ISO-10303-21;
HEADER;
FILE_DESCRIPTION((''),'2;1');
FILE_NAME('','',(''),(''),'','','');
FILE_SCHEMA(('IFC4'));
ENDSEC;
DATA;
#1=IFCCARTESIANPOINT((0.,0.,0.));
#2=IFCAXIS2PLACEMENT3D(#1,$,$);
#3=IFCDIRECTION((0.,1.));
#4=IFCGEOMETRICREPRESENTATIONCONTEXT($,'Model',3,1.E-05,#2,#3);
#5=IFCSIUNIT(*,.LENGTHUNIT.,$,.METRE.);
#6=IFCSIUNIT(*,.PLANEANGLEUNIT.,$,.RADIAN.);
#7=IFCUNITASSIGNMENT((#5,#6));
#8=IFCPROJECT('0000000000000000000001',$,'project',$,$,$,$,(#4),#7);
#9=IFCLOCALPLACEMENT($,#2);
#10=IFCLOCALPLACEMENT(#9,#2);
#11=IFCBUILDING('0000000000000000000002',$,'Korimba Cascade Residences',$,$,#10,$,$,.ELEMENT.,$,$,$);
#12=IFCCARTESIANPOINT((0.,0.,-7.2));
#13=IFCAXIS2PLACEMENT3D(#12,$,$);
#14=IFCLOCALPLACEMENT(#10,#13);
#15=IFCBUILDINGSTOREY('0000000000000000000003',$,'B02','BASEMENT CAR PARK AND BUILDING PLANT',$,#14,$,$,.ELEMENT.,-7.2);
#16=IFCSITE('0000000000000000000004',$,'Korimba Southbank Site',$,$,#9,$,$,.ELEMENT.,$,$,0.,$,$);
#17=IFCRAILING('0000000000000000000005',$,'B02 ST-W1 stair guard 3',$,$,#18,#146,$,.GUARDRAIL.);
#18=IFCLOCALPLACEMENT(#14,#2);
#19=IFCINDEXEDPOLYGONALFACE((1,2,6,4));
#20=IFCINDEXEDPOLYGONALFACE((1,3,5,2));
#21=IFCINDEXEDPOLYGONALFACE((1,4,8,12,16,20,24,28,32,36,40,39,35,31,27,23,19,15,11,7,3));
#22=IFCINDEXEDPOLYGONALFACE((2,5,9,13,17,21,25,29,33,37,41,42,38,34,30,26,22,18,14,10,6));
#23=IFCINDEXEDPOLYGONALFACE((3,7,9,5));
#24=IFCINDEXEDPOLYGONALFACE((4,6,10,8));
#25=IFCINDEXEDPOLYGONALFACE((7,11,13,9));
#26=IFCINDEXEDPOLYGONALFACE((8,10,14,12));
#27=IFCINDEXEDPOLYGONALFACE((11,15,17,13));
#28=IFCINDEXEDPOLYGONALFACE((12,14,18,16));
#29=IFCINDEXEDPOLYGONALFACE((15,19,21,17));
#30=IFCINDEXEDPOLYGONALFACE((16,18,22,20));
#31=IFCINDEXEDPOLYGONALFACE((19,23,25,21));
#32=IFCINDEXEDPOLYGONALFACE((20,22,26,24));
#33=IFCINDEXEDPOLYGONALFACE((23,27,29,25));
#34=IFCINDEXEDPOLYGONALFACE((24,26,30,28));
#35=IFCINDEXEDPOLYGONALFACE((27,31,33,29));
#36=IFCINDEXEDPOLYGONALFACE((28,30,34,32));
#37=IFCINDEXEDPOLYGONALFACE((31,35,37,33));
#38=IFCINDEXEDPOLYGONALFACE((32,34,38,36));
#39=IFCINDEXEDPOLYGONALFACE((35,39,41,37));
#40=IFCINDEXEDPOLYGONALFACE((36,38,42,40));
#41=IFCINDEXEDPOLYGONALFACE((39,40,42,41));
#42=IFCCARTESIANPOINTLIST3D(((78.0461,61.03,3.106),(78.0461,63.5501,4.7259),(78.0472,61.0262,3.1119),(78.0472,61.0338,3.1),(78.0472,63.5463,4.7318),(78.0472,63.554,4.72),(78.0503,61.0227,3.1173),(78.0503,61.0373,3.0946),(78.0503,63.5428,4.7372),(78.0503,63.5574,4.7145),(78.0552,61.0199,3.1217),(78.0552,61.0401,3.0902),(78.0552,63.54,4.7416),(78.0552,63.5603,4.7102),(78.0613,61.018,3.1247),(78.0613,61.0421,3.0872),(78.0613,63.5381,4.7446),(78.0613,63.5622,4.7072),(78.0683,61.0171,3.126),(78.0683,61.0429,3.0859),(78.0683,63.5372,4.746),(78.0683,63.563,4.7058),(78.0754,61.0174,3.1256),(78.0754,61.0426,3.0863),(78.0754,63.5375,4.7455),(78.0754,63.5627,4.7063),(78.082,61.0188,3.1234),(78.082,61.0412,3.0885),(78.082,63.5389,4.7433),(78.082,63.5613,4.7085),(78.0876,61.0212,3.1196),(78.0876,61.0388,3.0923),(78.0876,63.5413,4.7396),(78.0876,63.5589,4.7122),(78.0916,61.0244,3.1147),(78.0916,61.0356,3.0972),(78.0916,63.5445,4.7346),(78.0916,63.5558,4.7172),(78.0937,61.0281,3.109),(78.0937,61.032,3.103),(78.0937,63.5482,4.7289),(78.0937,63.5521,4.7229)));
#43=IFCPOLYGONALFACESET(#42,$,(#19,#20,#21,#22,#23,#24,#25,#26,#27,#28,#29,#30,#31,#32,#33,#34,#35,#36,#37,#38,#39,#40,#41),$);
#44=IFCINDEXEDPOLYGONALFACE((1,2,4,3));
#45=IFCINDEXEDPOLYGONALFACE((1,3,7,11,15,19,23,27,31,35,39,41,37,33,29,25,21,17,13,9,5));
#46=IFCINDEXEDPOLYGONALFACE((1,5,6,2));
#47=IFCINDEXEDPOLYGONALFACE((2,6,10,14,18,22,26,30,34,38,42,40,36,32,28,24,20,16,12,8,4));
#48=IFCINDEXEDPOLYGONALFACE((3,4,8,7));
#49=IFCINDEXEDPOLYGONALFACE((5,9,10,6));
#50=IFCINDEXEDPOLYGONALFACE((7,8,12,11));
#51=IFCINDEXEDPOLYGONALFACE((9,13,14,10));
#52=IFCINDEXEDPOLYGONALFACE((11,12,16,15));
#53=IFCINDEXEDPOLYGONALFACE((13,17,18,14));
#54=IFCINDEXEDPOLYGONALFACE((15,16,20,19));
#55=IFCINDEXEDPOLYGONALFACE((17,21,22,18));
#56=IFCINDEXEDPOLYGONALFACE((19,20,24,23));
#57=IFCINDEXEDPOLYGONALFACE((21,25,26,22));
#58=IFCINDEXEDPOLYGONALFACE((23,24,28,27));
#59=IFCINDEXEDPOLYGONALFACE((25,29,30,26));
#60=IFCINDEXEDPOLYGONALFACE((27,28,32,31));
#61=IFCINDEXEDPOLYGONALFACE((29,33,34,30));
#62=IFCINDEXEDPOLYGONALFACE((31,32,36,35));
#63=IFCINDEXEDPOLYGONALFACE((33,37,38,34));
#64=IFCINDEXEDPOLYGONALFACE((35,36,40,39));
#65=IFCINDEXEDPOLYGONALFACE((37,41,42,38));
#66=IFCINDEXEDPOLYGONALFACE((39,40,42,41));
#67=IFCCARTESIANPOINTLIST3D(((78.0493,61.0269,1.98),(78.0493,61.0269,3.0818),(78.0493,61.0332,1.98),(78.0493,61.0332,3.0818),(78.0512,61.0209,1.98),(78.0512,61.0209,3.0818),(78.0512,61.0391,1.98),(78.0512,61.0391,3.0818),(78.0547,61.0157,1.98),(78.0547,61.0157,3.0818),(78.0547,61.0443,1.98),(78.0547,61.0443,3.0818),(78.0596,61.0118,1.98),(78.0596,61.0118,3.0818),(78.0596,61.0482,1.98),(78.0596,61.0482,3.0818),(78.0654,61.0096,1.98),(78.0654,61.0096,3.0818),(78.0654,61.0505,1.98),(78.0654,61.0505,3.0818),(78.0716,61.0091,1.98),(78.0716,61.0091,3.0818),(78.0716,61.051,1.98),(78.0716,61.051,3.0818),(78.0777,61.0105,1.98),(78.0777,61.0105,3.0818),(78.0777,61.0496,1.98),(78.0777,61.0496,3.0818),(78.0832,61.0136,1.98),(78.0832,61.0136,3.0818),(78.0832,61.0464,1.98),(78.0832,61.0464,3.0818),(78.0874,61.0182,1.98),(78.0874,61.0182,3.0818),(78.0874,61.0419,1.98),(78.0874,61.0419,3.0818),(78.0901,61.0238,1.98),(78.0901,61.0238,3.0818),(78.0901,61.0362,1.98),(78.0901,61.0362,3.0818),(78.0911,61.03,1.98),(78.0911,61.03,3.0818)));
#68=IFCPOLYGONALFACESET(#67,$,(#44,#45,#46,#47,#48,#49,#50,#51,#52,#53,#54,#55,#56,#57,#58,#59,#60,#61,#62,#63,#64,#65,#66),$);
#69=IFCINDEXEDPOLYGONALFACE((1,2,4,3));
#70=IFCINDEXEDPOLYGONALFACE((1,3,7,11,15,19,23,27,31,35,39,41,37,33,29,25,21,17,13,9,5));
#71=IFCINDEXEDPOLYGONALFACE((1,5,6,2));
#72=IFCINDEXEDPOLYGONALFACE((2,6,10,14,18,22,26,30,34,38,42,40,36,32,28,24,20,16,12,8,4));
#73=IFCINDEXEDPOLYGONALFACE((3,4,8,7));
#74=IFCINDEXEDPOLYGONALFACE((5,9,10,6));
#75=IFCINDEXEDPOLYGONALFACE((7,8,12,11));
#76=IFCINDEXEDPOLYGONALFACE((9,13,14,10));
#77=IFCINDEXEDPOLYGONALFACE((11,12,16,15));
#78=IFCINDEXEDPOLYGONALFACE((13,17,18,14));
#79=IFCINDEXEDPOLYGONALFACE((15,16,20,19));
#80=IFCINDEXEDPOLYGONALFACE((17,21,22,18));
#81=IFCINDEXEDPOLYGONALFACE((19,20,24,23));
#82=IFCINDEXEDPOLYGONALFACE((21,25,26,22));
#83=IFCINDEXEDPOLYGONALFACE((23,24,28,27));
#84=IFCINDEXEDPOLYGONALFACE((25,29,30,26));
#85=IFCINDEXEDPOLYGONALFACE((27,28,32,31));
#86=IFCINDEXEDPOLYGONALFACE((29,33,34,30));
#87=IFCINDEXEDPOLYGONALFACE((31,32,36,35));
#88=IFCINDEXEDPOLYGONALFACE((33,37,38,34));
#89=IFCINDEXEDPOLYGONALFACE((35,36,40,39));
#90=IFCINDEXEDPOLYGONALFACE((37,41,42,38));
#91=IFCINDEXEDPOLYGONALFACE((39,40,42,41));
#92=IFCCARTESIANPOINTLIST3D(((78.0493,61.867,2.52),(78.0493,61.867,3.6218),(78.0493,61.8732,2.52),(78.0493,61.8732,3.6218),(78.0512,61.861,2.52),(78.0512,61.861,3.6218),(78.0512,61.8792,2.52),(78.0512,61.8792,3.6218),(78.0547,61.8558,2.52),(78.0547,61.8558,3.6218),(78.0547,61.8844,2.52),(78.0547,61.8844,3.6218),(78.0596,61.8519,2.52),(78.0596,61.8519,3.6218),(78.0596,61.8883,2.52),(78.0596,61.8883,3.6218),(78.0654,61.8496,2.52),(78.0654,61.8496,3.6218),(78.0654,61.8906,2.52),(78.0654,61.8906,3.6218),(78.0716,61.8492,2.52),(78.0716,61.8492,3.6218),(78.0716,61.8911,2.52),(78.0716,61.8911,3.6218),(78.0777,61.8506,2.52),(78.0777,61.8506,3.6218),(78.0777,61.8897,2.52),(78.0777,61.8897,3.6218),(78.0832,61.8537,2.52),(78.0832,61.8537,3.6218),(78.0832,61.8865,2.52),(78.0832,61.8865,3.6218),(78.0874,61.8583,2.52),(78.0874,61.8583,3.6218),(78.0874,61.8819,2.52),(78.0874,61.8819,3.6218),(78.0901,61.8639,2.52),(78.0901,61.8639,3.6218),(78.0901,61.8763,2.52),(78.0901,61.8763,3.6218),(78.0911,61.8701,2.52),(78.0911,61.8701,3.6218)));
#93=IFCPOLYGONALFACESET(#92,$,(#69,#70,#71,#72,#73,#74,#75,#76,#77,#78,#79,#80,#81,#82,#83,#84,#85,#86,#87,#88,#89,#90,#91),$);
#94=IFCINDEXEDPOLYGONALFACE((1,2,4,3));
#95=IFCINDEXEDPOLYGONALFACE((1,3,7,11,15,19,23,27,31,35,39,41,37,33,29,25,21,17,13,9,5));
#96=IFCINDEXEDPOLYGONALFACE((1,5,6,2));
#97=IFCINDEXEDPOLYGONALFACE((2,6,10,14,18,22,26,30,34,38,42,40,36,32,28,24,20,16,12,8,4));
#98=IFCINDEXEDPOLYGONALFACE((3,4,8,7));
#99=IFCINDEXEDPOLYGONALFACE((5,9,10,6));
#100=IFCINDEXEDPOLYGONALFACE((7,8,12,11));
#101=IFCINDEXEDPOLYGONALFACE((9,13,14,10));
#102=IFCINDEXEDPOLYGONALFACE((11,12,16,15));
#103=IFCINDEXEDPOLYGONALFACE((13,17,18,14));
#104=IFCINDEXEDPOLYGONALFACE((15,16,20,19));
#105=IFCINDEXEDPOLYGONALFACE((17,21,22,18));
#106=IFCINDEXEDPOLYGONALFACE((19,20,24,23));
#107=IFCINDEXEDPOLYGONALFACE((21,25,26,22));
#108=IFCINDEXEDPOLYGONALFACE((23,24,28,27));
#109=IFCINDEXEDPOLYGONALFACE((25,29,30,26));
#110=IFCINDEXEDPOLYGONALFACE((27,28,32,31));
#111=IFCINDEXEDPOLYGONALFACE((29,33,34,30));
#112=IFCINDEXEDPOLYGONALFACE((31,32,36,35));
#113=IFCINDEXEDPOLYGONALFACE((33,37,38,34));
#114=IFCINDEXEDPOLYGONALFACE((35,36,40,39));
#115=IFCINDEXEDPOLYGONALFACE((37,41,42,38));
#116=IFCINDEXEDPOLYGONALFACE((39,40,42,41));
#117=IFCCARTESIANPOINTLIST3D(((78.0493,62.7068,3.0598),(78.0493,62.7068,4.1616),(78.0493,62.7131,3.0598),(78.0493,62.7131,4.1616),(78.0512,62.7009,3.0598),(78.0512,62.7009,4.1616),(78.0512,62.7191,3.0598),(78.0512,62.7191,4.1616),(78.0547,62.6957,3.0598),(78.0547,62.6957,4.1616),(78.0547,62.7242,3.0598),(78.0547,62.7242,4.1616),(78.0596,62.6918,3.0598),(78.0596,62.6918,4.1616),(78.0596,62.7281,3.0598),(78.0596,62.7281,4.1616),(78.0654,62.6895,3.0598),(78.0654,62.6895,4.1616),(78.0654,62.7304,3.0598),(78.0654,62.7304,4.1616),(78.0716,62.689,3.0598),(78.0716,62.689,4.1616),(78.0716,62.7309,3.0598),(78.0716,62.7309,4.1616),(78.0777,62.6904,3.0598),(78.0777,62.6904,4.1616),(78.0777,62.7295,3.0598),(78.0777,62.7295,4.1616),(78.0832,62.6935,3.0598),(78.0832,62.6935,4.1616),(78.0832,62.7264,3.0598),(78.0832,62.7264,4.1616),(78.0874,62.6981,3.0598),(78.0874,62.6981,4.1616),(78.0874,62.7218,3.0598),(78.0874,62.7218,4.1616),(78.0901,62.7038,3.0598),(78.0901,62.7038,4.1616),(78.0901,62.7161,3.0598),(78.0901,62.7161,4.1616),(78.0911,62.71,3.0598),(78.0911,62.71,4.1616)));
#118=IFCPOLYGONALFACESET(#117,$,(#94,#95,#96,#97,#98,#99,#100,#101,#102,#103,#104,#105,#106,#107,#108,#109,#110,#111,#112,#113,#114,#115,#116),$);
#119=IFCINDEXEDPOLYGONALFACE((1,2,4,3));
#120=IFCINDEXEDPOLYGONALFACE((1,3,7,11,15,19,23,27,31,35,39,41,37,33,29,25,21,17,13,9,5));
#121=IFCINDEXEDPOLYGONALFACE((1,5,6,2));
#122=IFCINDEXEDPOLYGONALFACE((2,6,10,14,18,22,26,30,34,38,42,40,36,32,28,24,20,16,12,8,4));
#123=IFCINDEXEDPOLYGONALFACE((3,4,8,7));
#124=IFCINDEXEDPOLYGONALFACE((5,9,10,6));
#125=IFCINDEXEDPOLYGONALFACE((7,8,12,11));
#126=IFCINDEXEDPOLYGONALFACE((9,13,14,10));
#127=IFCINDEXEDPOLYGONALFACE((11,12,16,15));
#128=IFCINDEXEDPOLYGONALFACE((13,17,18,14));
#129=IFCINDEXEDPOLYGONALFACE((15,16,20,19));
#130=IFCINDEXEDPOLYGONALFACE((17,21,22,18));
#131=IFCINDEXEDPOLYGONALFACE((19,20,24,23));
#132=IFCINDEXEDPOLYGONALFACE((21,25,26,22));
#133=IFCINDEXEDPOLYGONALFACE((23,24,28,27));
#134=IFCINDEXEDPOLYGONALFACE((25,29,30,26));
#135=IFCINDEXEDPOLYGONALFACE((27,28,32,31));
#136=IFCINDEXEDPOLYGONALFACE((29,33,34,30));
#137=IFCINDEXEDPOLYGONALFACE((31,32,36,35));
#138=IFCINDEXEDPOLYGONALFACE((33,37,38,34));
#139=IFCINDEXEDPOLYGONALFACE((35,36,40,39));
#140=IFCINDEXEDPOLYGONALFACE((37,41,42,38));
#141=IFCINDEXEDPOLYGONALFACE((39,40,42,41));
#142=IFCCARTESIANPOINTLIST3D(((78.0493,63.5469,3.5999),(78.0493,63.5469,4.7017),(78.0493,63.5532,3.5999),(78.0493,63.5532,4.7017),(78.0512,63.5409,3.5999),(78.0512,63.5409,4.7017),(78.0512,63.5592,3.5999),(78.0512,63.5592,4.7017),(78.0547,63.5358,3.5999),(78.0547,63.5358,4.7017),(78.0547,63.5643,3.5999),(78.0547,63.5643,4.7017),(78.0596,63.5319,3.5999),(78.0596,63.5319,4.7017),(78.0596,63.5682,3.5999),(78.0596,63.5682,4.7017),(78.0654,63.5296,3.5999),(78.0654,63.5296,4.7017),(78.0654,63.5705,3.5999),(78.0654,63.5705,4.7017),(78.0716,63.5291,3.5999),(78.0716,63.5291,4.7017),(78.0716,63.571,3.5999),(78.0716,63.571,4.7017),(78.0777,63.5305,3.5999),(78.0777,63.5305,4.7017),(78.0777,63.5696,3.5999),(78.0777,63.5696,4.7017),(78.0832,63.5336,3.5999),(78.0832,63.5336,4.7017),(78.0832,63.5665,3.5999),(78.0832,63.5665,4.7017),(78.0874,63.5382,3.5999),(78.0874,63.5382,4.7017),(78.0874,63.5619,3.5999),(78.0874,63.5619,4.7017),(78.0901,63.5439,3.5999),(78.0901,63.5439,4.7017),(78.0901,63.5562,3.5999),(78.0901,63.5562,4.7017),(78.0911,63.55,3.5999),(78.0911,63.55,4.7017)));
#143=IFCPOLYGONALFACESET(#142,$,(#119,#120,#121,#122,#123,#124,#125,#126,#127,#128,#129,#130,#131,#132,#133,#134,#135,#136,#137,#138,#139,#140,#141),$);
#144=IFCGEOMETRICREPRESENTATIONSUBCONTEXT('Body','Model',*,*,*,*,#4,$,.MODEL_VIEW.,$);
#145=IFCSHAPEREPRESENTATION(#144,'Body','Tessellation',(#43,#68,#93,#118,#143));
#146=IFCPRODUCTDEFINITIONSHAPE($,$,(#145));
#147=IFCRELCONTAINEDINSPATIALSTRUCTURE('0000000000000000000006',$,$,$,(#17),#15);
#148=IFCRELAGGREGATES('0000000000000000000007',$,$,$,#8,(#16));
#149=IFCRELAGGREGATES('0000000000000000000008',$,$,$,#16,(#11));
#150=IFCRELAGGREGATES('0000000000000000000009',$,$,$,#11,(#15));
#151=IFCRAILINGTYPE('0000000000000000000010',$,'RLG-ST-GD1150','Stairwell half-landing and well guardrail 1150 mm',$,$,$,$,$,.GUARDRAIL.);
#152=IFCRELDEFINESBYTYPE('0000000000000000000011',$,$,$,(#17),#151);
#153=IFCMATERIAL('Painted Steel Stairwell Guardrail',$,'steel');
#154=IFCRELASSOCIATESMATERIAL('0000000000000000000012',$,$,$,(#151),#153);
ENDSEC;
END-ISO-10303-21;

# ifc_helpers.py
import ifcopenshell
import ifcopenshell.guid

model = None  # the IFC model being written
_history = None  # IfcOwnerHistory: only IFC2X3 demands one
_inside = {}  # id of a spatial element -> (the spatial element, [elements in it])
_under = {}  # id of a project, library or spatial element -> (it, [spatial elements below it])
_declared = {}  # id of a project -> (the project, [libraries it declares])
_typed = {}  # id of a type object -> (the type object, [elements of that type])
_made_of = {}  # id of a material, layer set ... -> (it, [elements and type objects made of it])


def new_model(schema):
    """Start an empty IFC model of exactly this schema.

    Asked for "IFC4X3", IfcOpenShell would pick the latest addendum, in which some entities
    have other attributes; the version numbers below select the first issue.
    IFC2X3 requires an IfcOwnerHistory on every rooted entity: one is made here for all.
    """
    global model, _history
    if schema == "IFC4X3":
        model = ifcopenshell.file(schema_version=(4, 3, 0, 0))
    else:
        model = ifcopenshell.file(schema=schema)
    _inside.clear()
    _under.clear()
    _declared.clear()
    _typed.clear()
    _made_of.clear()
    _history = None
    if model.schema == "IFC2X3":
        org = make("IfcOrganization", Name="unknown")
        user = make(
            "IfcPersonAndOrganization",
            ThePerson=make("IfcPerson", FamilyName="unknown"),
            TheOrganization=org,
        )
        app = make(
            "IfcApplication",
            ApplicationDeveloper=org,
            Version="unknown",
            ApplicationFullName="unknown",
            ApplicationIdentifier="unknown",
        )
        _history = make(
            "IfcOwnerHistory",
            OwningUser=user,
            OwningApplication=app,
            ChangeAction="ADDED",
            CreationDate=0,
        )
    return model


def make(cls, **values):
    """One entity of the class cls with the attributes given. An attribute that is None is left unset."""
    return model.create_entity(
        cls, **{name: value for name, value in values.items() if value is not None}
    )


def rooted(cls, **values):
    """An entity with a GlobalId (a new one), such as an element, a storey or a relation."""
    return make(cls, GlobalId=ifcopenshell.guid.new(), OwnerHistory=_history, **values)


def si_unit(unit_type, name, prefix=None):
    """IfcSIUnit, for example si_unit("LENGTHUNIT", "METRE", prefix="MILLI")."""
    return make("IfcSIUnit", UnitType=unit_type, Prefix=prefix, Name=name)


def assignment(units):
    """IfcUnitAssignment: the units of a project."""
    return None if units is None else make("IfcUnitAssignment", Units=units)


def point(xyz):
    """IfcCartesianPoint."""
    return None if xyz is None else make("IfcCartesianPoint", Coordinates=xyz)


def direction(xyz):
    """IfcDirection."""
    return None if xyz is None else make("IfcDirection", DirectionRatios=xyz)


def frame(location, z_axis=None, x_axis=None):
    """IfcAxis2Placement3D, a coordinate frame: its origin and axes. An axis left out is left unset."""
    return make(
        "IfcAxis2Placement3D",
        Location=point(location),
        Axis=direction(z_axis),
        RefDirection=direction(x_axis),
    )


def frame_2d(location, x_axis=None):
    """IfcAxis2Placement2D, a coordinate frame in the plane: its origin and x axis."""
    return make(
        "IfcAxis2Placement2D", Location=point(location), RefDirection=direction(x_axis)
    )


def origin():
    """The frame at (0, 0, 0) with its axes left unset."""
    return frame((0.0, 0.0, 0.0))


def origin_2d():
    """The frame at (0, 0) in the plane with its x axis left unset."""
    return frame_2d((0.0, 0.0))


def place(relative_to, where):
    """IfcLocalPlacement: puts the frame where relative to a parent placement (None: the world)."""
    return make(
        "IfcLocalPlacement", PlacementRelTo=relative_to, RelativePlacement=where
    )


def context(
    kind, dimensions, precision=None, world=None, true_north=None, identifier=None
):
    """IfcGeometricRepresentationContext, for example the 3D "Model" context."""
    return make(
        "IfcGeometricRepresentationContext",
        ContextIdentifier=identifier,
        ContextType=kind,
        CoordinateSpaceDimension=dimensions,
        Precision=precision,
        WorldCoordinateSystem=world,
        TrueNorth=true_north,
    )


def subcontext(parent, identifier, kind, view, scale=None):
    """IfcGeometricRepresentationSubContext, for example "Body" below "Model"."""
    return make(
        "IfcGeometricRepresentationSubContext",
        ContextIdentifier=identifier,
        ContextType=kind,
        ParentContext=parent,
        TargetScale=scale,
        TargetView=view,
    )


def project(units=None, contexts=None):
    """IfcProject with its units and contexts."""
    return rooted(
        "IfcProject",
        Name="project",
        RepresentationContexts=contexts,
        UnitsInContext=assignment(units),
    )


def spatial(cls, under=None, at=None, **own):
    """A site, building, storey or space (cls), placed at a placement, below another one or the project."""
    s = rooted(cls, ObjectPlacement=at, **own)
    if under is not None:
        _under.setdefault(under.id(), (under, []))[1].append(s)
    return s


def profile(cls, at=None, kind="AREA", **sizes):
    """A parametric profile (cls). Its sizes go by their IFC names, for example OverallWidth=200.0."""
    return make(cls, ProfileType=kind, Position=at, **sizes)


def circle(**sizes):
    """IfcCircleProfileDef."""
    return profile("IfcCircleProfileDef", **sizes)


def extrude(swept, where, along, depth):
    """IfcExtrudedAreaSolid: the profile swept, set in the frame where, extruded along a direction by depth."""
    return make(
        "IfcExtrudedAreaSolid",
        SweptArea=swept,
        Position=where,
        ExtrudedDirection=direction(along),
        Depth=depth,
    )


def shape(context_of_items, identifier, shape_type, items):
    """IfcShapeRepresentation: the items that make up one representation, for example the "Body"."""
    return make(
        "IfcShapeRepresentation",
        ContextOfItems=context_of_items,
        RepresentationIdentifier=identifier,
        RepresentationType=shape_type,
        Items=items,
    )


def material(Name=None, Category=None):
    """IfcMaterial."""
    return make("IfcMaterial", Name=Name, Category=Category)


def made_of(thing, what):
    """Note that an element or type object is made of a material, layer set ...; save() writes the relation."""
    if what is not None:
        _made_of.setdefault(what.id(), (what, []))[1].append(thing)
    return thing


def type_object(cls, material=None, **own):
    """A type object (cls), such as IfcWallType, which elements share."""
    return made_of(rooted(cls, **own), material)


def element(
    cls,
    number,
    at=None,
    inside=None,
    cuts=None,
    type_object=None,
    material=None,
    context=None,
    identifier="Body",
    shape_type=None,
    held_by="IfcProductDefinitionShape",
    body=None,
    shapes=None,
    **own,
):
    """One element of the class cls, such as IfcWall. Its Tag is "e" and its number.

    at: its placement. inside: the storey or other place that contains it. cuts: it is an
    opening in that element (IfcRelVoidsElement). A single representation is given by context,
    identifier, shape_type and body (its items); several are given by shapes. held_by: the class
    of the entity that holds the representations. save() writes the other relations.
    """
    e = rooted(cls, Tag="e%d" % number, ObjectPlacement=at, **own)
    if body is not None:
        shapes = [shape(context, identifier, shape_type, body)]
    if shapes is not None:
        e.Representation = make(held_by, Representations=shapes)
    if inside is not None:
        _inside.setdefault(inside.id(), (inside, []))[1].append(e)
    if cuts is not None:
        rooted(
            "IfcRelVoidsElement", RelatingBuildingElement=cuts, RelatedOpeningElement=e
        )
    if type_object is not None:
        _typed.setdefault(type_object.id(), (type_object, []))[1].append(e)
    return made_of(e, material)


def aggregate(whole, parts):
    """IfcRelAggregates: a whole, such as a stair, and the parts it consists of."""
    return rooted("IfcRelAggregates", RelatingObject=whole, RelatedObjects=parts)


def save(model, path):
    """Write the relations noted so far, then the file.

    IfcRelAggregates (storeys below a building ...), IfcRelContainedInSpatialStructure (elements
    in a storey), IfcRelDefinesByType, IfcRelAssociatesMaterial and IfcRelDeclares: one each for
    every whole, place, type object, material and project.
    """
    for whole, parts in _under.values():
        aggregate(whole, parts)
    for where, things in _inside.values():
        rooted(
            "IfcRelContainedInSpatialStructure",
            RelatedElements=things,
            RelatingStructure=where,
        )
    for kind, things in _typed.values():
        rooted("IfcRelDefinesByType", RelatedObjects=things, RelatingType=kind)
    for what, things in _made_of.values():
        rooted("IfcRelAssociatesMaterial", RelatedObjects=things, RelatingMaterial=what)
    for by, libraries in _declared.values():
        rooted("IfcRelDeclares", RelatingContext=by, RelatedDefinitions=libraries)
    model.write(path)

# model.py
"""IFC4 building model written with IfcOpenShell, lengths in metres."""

from ifc_helpers import new_model, si_unit, direction, frame, origin, origin_2d, place, context, subcontext, project, spatial, circle, extrude, material, type_object, element, save


model = new_model("IFC4")

# Units and contexts
model_context = context("Model", 3, precision=1e-05, world=origin(), true_north=direction((0.0, 1.0)))
body_context = subcontext(model_context, "Body", "Model", "MODEL_VIEW")
ifc_project = project(units=[si_unit("LENGTHUNIT", "METRE"), si_unit("PLANEANGLEUNIT", "RADIAN")], contexts=[model_context])

# Site, building, storey
site_placement = place(None, origin())
site = spatial("IfcSite", under=ifc_project, at=site_placement, Name="Korimba Southbank Site", CompositionType="ELEMENT", RefElevation=0.0)
building_placement = place(site_placement, origin())
building = spatial("IfcBuilding", under=site, at=building_placement, Name="Korimba Cascade Residences", CompositionType="ELEMENT")
storey_placement = place(building_placement, frame((0.0, 0.0, -7.2)))
storey = spatial("IfcBuildingStorey", under=building, at=storey_placement, Name="B02", Description="BASEMENT CAR PARK AND BUILDING PLANT", CompositionType="ELEMENT", Elevation=-7.2)

# Railing
ifc_material_1 = material(Name="Painted Steel Stairwell Guardrail", Category="steel")
railing_type_1 = type_object("IfcRailingType", Name="RLG-ST-GD1150", Description="Stairwell half-landing and well guardrail 1150 mm", PredefinedType="GUARDRAIL", material=ifc_material_1)
railing_1_placement = place(storey_placement, frame((78.0701, 61.03, 1.98)))
element("IfcRailing", 1, at=railing_1_placement, inside=storey, type_object=railing_type_1, Name="B02 ST-W1 stair guard 3", PredefinedType="GUARDRAIL", context=body_context, shape_type="SweptSolid", body=[
    extrude(circle(Radius=0.0239, at=origin_2d()), frame((0.0, 0.0, 1.126), z_axis=(0.0, 0.8412, 0.540725), x_axis=(-1.0, 0.0, 0.0)), (0.0, 0.0, 1.0), 2.9958),
    extrude(circle(Radius=0.021, at=origin_2d()), origin(), (0.0, 0.0, 1.0), 1.1018),
    extrude(circle(Radius=0.021, at=origin_2d()), frame((0.0, 0.8401, 0.54)), (0.0, 0.0, 1.0), 1.1018),
    extrude(circle(Radius=0.021, at=origin_2d()), frame((0.0, 1.6799, 1.0798)), (0.0, 0.0, 1.0), 1.1018),
    extrude(circle(Radius=0.021, at=origin_2d()), frame((0.0, 2.52, 1.6199)), (0.0, 0.0, 1.0), 1.1018),
])

save(model, "model.ifc")
